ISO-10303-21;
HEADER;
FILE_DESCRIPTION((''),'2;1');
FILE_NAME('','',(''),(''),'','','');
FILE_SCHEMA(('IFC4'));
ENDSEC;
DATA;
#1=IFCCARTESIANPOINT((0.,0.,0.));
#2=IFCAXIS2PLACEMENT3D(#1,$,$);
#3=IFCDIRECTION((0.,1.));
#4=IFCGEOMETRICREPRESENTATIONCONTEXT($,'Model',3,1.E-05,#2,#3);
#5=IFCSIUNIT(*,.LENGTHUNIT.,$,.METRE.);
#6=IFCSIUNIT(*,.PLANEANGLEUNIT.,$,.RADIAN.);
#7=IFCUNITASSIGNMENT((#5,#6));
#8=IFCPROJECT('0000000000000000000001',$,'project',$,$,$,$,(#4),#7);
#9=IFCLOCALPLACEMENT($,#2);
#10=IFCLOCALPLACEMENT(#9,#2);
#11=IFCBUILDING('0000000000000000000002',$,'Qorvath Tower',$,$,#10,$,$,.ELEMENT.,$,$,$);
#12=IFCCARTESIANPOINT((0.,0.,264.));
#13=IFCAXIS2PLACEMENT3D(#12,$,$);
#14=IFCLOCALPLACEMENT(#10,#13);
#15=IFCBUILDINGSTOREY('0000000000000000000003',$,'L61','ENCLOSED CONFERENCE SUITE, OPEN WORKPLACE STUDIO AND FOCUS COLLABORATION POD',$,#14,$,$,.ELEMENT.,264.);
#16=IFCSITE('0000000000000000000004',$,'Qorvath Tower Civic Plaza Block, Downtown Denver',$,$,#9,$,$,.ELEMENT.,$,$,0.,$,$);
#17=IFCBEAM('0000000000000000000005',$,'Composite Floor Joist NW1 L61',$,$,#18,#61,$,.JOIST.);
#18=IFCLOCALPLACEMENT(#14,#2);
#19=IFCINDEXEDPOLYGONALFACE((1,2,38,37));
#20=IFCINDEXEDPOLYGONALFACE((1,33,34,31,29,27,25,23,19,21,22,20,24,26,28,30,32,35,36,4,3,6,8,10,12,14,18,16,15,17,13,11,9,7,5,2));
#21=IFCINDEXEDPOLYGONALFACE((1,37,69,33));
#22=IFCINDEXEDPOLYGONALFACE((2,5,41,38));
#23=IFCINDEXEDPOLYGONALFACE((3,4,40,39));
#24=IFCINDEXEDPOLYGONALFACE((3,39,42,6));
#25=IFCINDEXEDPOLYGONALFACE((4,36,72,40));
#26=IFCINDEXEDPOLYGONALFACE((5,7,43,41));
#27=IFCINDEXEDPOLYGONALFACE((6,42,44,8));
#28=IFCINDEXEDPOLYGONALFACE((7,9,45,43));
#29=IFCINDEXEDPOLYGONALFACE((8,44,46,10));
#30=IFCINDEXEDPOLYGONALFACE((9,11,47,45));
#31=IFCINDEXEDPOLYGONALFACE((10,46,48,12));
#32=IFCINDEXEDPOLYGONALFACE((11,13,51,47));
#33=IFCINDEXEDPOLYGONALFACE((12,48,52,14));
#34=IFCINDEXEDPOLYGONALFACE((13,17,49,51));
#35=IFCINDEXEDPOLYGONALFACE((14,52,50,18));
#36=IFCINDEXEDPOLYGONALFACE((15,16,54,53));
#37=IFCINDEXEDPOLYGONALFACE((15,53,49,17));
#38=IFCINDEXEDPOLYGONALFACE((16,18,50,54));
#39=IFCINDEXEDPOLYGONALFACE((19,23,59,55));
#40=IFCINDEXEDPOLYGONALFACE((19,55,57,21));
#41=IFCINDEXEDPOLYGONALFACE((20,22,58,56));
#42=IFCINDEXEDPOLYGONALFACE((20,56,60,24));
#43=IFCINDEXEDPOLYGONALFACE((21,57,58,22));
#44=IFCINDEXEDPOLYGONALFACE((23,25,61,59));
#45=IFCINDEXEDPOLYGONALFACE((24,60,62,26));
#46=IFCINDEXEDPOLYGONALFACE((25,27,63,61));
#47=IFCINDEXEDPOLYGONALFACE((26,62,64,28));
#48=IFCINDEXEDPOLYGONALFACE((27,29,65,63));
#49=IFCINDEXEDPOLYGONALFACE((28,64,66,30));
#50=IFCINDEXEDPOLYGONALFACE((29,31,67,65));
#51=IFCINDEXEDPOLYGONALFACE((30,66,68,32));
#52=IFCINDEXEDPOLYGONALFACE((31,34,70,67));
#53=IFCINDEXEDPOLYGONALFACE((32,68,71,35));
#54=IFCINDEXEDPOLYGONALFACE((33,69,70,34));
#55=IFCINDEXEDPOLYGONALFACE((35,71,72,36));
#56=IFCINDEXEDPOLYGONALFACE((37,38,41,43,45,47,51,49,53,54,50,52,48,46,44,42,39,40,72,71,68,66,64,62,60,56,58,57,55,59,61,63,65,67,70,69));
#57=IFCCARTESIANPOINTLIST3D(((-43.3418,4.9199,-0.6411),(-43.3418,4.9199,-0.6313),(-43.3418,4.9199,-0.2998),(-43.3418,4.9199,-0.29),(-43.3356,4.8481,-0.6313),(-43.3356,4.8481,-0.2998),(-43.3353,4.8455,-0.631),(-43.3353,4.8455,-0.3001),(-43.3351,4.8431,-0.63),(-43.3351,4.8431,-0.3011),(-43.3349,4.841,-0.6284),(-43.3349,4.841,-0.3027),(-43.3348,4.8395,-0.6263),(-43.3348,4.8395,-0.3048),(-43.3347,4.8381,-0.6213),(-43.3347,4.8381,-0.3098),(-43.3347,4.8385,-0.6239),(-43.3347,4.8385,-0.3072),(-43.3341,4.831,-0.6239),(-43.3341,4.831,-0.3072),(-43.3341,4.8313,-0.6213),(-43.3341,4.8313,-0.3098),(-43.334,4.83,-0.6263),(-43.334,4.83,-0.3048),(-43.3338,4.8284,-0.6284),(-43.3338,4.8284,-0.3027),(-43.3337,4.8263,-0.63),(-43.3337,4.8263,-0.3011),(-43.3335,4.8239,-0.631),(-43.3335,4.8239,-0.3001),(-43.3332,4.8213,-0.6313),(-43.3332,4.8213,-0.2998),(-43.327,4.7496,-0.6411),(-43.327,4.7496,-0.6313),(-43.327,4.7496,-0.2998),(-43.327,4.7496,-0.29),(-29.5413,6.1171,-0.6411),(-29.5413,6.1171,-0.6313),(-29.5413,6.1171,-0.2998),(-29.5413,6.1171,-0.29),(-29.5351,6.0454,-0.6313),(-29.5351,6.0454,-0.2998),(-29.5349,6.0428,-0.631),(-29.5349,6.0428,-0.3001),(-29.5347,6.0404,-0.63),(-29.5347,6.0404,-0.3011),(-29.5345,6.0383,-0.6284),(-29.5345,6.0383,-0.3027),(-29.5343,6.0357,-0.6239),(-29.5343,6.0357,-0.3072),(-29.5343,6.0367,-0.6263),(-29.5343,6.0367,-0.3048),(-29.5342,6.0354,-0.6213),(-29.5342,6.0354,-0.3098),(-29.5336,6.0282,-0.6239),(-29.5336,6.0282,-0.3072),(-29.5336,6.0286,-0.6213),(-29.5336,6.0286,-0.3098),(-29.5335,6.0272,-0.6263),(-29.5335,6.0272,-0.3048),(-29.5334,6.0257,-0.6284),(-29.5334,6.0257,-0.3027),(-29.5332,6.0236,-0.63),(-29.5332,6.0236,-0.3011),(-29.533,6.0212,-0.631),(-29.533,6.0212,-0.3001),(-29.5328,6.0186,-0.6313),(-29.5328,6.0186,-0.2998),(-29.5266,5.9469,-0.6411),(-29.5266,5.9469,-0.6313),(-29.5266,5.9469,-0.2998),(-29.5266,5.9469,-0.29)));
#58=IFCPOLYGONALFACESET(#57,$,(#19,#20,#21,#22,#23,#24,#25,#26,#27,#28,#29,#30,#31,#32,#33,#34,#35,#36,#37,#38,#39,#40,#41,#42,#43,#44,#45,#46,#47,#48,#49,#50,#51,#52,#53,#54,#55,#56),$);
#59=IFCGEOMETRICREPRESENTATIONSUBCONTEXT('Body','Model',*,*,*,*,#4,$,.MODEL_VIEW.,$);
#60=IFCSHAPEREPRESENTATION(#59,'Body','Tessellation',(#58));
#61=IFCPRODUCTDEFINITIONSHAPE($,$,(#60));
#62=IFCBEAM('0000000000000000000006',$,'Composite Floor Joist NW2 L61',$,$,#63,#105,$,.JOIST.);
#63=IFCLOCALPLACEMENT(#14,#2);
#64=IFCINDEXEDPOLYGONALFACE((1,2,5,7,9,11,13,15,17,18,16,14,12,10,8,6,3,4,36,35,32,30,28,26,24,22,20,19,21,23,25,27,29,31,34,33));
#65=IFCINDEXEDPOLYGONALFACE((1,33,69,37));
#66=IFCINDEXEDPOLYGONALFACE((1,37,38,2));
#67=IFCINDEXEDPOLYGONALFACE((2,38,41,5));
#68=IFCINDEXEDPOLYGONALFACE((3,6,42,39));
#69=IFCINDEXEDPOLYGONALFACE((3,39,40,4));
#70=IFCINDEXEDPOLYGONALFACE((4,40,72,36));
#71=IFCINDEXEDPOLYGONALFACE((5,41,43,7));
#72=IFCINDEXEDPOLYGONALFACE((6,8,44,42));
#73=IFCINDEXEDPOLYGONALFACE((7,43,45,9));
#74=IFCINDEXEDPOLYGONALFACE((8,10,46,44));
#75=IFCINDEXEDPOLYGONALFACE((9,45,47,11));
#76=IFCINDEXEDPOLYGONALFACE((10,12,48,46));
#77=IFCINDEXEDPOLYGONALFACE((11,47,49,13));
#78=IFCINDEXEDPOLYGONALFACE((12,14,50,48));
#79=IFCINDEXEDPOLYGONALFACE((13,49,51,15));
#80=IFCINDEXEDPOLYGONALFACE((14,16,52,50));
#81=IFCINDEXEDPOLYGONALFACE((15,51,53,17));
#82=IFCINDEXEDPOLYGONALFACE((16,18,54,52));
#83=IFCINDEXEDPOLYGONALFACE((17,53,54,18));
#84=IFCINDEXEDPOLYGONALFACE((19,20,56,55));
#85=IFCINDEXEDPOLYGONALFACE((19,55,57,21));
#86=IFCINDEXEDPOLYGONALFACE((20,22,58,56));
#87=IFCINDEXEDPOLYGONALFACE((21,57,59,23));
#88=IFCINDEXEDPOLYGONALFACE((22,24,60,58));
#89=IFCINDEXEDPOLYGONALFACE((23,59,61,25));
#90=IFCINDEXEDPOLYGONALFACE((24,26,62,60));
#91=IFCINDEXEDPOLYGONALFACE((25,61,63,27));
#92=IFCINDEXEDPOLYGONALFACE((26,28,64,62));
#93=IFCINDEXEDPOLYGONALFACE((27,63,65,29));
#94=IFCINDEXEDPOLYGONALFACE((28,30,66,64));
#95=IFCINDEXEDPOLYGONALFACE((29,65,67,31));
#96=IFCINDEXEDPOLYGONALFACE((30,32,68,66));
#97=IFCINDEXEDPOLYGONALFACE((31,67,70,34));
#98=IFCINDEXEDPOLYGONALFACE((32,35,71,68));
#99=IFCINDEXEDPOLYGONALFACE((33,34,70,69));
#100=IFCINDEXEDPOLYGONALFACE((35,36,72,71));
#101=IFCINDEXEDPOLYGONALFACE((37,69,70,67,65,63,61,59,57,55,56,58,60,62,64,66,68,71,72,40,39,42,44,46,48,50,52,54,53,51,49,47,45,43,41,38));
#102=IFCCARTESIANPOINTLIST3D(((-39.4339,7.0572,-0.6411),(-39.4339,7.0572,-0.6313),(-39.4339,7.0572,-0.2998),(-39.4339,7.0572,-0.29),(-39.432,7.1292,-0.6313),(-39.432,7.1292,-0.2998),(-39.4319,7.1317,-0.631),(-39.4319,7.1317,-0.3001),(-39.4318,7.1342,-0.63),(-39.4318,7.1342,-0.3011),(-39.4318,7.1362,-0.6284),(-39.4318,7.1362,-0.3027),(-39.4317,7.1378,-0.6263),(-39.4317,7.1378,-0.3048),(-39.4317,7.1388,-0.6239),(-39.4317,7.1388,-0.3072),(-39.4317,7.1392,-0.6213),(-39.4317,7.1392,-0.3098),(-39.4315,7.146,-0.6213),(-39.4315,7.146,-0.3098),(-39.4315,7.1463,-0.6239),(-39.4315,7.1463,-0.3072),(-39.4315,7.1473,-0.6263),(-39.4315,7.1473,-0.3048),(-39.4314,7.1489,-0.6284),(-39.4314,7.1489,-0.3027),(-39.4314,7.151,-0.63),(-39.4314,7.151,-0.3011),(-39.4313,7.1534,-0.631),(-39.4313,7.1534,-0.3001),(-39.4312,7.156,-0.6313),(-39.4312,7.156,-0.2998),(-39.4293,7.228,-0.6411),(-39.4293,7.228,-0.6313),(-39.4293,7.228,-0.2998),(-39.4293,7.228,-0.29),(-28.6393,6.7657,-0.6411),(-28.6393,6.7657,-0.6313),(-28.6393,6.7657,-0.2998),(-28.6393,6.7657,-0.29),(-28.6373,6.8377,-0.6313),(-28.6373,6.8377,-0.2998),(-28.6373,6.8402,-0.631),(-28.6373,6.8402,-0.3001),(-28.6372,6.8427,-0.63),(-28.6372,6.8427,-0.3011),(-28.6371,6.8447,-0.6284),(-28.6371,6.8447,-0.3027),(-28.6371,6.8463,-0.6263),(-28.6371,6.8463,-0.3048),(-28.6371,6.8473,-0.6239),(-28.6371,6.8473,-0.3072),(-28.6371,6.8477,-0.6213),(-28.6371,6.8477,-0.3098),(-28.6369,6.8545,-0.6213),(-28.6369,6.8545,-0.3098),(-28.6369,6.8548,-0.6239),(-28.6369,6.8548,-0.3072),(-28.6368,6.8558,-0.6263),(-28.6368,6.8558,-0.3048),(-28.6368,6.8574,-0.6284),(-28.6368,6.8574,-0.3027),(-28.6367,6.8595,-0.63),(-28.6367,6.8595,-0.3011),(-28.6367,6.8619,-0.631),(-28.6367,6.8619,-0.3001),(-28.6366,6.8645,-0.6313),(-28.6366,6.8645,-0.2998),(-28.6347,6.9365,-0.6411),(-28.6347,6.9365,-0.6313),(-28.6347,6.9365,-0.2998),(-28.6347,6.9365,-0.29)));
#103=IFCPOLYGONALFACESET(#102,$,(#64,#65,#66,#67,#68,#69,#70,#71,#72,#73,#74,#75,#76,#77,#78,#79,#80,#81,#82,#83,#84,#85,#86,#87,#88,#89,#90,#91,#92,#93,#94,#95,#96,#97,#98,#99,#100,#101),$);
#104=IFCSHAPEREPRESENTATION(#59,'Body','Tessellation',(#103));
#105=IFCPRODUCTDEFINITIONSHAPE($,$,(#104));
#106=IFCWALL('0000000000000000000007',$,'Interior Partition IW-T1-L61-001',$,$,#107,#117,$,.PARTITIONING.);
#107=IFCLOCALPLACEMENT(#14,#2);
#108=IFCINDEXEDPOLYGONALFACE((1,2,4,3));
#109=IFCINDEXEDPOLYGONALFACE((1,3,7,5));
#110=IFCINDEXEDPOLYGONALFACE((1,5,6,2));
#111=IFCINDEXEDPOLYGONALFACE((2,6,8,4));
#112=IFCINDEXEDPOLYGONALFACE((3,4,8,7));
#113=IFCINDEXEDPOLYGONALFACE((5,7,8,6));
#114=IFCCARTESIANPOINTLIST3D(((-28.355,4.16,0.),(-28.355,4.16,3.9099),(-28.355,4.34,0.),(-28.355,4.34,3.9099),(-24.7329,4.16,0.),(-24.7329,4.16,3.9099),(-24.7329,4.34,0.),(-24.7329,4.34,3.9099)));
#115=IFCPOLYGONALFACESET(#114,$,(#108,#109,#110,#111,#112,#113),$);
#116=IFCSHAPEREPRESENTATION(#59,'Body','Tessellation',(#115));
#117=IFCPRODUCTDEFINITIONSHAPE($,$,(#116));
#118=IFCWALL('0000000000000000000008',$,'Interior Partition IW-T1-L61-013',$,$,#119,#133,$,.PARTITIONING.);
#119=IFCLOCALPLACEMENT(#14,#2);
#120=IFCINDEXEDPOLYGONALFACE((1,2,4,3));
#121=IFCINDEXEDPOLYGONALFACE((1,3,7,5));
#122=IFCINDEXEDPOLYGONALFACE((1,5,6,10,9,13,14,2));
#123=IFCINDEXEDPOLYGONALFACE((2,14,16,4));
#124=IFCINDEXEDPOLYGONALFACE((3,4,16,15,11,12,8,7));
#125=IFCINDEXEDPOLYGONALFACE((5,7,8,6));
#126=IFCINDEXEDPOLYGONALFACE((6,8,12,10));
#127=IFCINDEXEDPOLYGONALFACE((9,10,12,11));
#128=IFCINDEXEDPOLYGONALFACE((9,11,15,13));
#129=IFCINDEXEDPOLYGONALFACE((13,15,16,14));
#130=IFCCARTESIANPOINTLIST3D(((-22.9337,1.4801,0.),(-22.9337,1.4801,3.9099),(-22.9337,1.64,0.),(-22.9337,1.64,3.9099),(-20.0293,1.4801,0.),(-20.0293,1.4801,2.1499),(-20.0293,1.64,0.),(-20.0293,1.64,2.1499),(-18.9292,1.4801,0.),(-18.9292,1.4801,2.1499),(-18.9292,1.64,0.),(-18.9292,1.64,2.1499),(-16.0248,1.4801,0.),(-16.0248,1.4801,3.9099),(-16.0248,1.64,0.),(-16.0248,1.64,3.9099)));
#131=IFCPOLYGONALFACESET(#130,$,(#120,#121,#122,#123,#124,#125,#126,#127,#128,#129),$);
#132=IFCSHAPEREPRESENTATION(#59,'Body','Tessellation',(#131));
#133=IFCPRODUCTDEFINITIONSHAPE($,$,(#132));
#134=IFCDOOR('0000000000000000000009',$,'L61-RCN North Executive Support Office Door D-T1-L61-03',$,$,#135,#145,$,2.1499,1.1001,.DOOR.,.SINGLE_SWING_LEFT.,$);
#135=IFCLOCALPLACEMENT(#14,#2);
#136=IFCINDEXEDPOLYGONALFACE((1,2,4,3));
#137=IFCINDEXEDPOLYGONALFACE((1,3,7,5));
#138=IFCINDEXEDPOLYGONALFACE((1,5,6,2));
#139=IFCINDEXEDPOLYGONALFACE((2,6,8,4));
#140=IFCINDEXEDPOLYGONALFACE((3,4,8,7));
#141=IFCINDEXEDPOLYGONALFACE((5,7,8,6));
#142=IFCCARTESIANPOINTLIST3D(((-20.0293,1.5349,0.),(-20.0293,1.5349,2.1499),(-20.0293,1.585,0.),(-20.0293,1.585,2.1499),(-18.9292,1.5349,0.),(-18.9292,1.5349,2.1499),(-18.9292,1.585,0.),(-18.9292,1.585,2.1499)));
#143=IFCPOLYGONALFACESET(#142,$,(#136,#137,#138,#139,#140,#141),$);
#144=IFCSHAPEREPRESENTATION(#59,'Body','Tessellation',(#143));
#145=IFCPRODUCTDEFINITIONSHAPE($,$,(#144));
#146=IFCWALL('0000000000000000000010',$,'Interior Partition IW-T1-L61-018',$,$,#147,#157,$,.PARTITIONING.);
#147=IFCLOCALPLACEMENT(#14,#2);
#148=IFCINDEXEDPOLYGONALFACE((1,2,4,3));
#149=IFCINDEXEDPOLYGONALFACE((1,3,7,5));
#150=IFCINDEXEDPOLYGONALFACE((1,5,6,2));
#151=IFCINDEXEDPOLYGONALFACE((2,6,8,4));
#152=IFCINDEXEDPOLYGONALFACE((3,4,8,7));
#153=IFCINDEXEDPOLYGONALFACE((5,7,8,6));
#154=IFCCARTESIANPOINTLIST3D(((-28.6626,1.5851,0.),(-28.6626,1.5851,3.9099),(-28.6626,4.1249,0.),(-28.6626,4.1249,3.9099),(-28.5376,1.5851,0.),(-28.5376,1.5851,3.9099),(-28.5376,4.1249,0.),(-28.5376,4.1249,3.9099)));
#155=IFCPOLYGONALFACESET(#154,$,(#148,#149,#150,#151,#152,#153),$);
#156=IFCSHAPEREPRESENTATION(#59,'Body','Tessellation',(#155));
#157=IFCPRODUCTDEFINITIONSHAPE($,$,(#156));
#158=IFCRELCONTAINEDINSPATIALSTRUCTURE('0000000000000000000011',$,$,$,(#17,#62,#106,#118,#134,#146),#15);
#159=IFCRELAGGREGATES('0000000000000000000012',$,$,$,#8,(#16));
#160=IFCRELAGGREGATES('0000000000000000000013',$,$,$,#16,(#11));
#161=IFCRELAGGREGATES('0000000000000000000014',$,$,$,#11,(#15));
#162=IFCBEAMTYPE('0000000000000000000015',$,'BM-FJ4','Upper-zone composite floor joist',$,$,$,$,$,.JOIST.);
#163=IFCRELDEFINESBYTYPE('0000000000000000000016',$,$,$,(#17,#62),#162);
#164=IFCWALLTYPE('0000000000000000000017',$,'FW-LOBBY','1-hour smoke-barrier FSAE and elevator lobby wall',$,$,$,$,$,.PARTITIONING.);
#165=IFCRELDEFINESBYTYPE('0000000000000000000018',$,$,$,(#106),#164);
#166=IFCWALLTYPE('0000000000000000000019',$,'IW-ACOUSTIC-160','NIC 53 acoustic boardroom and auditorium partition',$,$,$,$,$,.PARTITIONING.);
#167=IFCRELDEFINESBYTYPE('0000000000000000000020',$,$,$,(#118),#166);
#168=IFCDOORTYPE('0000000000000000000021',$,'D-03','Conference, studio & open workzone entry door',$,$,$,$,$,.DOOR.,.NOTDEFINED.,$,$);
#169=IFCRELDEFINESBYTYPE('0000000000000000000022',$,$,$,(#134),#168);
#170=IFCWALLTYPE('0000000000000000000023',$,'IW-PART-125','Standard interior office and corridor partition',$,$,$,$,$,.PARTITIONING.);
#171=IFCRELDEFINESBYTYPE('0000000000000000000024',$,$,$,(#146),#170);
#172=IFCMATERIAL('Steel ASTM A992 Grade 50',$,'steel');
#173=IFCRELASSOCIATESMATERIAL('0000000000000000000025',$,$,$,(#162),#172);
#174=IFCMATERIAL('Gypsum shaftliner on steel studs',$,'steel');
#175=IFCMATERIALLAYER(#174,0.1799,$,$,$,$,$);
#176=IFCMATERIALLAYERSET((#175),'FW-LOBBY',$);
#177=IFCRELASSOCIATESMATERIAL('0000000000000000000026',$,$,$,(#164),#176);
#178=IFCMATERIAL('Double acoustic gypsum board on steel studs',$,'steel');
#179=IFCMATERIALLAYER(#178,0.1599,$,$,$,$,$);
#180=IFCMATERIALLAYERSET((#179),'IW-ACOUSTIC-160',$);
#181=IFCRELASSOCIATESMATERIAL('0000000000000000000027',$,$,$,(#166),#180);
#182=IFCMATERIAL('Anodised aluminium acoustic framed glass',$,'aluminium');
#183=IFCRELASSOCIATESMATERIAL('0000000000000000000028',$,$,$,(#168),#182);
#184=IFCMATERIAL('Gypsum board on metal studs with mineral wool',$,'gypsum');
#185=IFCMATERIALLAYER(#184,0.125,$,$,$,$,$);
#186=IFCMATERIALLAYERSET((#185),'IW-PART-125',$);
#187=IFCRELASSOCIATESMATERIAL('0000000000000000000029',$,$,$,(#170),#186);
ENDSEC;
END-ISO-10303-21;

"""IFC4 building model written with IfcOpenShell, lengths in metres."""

from ifc_helpers import new_model, si_unit, direction, frame, frame_2d, origin, origin_2d, place, context, subcontext, project, spatial, rectangle, i_section, extrude, material, layer, layer_set, material_profile, profile_set, type_object, element, fill, save


model = new_model("IFC4")

# Units and contexts
model_context = context("Model", 3, precision=1e-05, world=origin(), true_north=direction((0.0, 1.0)))
body_context = subcontext(model_context, "Body", "Model", "MODEL_VIEW")
ifc_project = project(units=[si_unit("LENGTHUNIT", "METRE"), si_unit("PLANEANGLEUNIT", "RADIAN")], contexts=[model_context])

# Site, building, storey
site_placement = place(None, origin())
site = spatial("IfcSite", under=ifc_project, at=site_placement, Name="Qorvath Tower Civic Plaza Block, Downtown Denver", CompositionType="ELEMENT", RefElevation=0.0)
building_placement = place(site_placement, origin())
building = spatial("IfcBuilding", under=site, at=building_placement, Name="Qorvath Tower", CompositionType="ELEMENT")
storey_placement = place(building_placement, frame((0.0, 0.0, 264.0)))
storey = spatial("IfcBuildingStorey", under=building, at=storey_placement, Name="L61", Description="ENCLOSED CONFERENCE SUITE, OPEN WORKPLACE STUDIO AND FOCUS COLLABORATION POD", CompositionType="ELEMENT", Elevation=264.0)

# Beams
ifc_material_1 = material(Name="Steel ASTM A992 Grade 50", Category="steel")
ifc_material_profile = material_profile(ifc_material_1, i_section(OverallWidth=0.1709, OverallDepth=0.3511, WebThickness=0.0068, FlangeThickness=0.0098, FilletRadius=0.01, at=origin_2d()), Name="W14x30")
ifc_profile_set = profile_set([ifc_material_profile], Name="Steel ASTM A992 Grade 50")
beam_type = type_object("IfcBeamType", Name="BM-FJ4", Description="Upper-zone composite floor joist", PredefinedType="JOIST", material=ifc_profile_set)
beam_1_placement = place(storey_placement, frame((-29.5339, 6.032, -0.4656), z_axis=(-0.996258, -0.08643, 0.0), x_axis=(0.08643, -0.996258, 0.0)))
element("IfcBeam", 1, at=beam_1_placement, inside=storey, type_object=beam_type, Name="Composite Floor Joist NW1 L61", PredefinedType="JOIST", context=body_context, shape_type="SweptSolid", body=[
    extrude(i_section(OverallWidth=0.1709, OverallDepth=0.3511, WebThickness=0.0068, FlangeThickness=0.0098, FilletRadius=0.01, at=origin_2d()), origin(), (0.0, 0.0, 1.0), 13.8523),
])
beam_2_placement = place(storey_placement, frame((-28.637, 6.8511, -0.4656), z_axis=(-0.999636, 0.026995, 0.0), x_axis=(-0.026995, -0.999636, 0.0)))
element("IfcBeam", 2, at=beam_2_placement, inside=storey, type_object=beam_type, Name="Composite Floor Joist NW2 L61", PredefinedType="JOIST", context=body_context, shape_type="SweptSolid", body=[
    extrude(i_section(OverallWidth=0.1709, OverallDepth=0.3511, WebThickness=0.0068, FlangeThickness=0.0098, FilletRadius=0.01, at=origin_2d()), origin(), (0.0, 0.0, 1.0), 10.7986),
])

# Wall
ifc_material_2 = material(Name="Gypsum shaftliner on steel studs", Category="steel")
ifc_layer_1 = layer(ifc_material_2, 0.1799)
ifc_layer_set_1 = layer_set([ifc_layer_1], Name="FW-LOBBY")
wall_type_1 = type_object("IfcWallType", Name="FW-LOBBY", Description="1-hour smoke-barrier FSAE and elevator lobby wall", PredefinedType="PARTITIONING", material=ifc_layer_set_1)
wall_1_placement = place(storey_placement, frame((-28.355, 4.25, 0.0), z_axis=(0.0, 0.0, 1.0), x_axis=(1.0, 0.0, 0.0)))
element("IfcWall", 3, at=wall_1_placement, inside=storey, type_object=wall_type_1, Name="Interior Partition IW-T1-L61-001", PredefinedType="PARTITIONING", context=body_context, shape_type="SweptSolid", body=[
    extrude(rectangle(XDim=3.6221, YDim=0.1799, at=frame_2d((1.811, 0.0))), origin(), (0.0, 0.0, 1.0), 3.9099),
])

# Wall, opening, door
ifc_material_3 = material(Name="Double acoustic gypsum board on steel studs", Category="steel")
ifc_layer_2 = layer(ifc_material_3, 0.1599)
ifc_layer_set_2 = layer_set([ifc_layer_2], Name="IW-ACOUSTIC-160")
wall_type_2 = type_object("IfcWallType", Name="IW-ACOUSTIC-160", Description="NIC 53 acoustic boardroom and auditorium partition", PredefinedType="PARTITIONING", material=ifc_layer_set_2)
wall_2_placement = place(storey_placement, frame((-22.9338, 1.5601, 0.0), z_axis=(0.0, 0.0, 1.0), x_axis=(1.0, 0.0, 0.0)))
wall_2 = element("IfcWall", 4, at=wall_2_placement, inside=storey, type_object=wall_type_2, Name="Interior Partition IW-T1-L61-013", PredefinedType="PARTITIONING", context=body_context, shape_type="SweptSolid", body=[
    extrude(rectangle(XDim=6.9089, YDim=0.1599, at=frame_2d((3.4546, 0.0))), origin(), (0.0, 0.0, 1.0), 3.9099),
])
opening_1_placement = place(wall_2_placement, frame((2.9045, 0.0, 0.0)))
opening_1 = element("IfcOpeningElement", 5, at=opening_1_placement, cuts=wall_2, PredefinedType="OPENING", context=body_context, shape_type="SweptSolid", body=[
    extrude(rectangle(XDim=1.1001, YDim=2.1499, at=frame_2d((0.55, 1.075))), frame((0.0, 0.0898, 0.0), z_axis=(0.0, -1.0, 0.0), x_axis=(1.0, 0.0, 0.0)), (0.0, 0.0, 1.0), 0.1799),
])
ifc_material_4 = material(Name="Anodised aluminium acoustic framed glass", Category="aluminium")
door_type_1 = type_object("IfcDoorType", Name="D-03", Description="Conference, studio & open workzone entry door", OperationType="NOTDEFINED", PredefinedType="DOOR", material=ifc_material_4)
door_1_placement = place(opening_1_placement, origin())
door_1 = element("IfcDoor", 6, at=door_1_placement, inside=storey, type_object=door_type_1, Name="L61-RCN North Executive Support Office Door D-T1-L61-03", OperationType="SINGLE_SWING_LEFT", OverallHeight=2.1499, OverallWidth=1.1001, PredefinedType="DOOR", context=body_context, shape_type="SweptSolid", body=[
    extrude(rectangle(XDim=1.1001, YDim=2.1499, at=frame_2d((0.55, 1.075))), frame((0.0, 0.0249, 0.0), z_axis=(0.0, -1.0, 0.0), x_axis=(1.0, 0.0, 0.0)), (0.0, 0.0, 1.0), 0.05),
])
fill(opening_1, door_1)

# Wall
ifc_material_5 = material(Name="Gypsum board on metal studs with mineral wool", Category="gypsum")
ifc_layer_3 = layer(ifc_material_5, 0.125)
ifc_layer_set_3 = layer_set([ifc_layer_3], Name="IW-PART-125")
wall_type_3 = type_object("IfcWallType", Name="IW-PART-125", Description="Standard interior office and corridor partition", PredefinedType="PARTITIONING", material=ifc_layer_set_3)
wall_3_placement = place(storey_placement, frame((-28.6001, 4.125, 0.0), z_axis=(0.0, 0.0, 1.0), x_axis=(0.0, -1.0, 0.0)))
element("IfcWall", 7, at=wall_3_placement, inside=storey, type_object=wall_type_3, Name="Interior Partition IW-T1-L61-018", PredefinedType="PARTITIONING", context=body_context, shape_type="SweptSolid", body=[
    extrude(rectangle(XDim=2.5398, YDim=0.125, at=frame_2d((1.27, 0.0))), origin(), (0.0, 0.0, 1.0), 3.9099),
])

save(model, "model.ifc")
